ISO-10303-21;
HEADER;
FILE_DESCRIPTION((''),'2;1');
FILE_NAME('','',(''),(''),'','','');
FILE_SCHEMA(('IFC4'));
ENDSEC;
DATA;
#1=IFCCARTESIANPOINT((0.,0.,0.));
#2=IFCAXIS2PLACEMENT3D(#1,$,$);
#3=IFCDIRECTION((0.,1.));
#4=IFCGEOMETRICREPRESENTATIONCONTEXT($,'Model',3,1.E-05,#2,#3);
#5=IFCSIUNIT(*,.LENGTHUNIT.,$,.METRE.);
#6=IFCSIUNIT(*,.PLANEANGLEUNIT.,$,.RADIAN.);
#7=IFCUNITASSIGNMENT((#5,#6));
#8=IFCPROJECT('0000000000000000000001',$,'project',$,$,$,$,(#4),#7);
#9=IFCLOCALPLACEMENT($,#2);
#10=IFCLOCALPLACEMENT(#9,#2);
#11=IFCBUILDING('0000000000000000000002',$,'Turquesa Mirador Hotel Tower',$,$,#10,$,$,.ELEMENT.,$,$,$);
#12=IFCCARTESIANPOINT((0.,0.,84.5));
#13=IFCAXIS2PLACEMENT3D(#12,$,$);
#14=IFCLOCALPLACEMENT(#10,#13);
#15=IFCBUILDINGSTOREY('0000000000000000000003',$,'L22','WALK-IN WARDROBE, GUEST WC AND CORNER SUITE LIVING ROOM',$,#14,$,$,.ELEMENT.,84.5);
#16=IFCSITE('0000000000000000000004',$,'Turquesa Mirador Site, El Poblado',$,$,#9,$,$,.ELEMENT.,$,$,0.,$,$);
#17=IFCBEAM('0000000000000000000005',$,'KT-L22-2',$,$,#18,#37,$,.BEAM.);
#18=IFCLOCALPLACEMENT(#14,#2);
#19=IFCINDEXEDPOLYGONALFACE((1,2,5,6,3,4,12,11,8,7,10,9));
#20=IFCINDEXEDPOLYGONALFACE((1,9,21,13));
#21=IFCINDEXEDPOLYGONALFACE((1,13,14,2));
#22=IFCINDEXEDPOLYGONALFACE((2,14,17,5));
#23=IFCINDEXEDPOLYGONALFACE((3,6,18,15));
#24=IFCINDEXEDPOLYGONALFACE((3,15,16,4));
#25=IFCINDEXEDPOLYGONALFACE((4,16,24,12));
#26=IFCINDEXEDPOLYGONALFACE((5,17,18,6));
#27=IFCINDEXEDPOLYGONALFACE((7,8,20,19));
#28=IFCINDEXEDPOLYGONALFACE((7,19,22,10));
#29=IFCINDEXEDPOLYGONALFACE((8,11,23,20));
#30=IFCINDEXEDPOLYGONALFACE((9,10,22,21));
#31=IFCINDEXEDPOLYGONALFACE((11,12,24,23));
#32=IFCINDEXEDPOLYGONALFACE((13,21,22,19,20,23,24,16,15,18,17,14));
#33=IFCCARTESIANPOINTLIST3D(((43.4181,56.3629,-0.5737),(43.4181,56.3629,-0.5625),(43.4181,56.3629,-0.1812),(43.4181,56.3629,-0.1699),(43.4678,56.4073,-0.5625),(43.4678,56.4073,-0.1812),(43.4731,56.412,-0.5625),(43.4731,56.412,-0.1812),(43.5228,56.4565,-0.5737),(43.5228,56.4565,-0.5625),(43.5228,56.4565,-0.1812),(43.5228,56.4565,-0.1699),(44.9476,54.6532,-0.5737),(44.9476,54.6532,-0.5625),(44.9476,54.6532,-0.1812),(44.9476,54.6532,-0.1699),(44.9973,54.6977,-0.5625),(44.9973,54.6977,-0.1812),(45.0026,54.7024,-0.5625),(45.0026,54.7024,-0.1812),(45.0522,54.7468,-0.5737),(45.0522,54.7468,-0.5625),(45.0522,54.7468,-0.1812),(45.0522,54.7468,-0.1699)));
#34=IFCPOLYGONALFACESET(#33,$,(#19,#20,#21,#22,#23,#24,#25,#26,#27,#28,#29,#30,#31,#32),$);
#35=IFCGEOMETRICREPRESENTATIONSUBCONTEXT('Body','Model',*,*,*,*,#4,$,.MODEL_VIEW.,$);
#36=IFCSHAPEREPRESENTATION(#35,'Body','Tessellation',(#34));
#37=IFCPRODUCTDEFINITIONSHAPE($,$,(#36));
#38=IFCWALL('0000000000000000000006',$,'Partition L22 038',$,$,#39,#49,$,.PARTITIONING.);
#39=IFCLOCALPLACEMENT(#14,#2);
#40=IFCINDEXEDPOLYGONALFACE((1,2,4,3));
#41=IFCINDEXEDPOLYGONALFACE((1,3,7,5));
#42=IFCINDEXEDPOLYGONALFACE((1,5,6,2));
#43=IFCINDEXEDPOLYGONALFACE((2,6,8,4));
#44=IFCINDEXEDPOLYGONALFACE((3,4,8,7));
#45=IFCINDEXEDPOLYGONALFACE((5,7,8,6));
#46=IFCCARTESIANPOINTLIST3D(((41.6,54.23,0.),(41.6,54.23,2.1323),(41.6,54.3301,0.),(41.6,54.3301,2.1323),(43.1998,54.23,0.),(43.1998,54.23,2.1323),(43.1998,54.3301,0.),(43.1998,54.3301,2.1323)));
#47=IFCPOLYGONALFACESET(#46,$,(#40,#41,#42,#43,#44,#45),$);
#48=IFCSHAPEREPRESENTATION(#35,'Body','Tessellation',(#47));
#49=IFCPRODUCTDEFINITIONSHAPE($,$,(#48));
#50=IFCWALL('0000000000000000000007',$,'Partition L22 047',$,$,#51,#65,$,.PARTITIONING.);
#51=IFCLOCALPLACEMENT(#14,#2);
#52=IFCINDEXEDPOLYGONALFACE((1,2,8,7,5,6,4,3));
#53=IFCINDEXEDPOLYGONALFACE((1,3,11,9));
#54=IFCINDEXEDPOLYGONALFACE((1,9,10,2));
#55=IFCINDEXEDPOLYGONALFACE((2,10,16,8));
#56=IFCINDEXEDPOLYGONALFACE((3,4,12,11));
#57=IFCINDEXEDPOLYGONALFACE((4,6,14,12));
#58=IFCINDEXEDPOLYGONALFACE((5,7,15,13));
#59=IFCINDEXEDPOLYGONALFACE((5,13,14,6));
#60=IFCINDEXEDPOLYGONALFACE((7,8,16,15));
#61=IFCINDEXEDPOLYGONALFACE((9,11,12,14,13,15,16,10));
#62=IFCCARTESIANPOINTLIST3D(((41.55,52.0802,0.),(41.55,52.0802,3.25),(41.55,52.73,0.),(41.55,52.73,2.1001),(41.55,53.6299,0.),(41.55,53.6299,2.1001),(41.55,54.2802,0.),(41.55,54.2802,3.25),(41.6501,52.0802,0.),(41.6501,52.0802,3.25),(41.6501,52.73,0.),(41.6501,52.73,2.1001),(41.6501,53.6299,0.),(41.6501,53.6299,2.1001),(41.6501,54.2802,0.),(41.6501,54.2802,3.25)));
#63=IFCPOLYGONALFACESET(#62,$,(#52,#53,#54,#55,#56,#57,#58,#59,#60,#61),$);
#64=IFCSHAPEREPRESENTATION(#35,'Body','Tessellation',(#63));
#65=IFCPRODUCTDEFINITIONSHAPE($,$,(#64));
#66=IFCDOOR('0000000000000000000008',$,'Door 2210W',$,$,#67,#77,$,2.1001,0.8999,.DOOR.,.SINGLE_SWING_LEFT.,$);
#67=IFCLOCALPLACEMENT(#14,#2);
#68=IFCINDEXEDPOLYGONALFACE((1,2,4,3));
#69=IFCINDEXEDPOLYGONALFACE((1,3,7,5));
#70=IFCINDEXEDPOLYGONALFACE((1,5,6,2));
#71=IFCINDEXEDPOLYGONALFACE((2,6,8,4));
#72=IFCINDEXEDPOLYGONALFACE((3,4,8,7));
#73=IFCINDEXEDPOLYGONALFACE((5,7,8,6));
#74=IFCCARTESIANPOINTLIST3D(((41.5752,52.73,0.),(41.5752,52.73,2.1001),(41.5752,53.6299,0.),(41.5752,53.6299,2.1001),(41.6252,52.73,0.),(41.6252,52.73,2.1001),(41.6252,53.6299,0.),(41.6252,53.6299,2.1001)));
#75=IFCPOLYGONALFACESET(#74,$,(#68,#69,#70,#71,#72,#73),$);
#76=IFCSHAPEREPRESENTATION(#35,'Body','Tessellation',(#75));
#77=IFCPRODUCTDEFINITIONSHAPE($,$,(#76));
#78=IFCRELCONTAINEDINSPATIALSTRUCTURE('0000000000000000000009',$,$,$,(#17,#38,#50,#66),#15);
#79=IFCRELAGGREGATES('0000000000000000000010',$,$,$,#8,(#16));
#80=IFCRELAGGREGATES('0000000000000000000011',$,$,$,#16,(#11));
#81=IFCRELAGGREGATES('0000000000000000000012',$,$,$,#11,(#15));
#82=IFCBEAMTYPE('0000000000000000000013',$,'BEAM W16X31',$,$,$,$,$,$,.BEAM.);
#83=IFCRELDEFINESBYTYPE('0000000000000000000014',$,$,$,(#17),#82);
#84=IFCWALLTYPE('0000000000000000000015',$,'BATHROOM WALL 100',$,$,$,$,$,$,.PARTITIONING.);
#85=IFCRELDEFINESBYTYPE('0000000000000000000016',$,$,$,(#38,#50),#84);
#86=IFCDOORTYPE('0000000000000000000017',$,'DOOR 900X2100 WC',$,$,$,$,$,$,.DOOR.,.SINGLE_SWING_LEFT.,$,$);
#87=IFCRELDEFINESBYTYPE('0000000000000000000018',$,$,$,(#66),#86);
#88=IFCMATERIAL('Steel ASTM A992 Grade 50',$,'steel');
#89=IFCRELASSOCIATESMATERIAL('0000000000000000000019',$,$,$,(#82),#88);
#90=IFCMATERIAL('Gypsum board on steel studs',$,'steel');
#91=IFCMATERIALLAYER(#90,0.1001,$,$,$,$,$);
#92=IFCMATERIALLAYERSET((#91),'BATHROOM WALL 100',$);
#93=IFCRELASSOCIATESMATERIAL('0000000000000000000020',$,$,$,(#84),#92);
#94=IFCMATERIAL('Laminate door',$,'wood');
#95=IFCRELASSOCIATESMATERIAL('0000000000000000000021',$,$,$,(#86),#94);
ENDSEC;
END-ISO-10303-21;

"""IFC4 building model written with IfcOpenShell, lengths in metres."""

from ifc_helpers import new_model, si_unit, direction, frame, frame_2d, origin, origin_2d, place, context, subcontext, project, spatial, rectangle, i_section, extrude, material, layer, layer_set, material_profile, profile_set, type_object, element, fill, save


model = new_model("IFC4")

# Units and contexts
model_context = context("Model", 3, precision=1e-05, world=origin(), true_north=direction((0.0, 1.0)))
body_context = subcontext(model_context, "Body", "Model", "MODEL_VIEW")
ifc_project = project(units=[si_unit("LENGTHUNIT", "METRE"), si_unit("PLANEANGLEUNIT", "RADIAN")], contexts=[model_context])

# Site, building, storey
site_placement = place(None, origin())
site = spatial("IfcSite", under=ifc_project, at=site_placement, Name="Turquesa Mirador Site, El Poblado", CompositionType="ELEMENT", RefElevation=0.0)
building_placement = place(site_placement, origin())
building = spatial("IfcBuilding", under=site, at=building_placement, Name="Turquesa Mirador Hotel Tower", CompositionType="ELEMENT")
storey_placement = place(building_placement, frame((0.0, 0.0, 84.5)))
storey = spatial("IfcBuildingStorey", under=building, at=storey_placement, Name="L22", Description="WALK-IN WARDROBE, GUEST WC AND CORNER SUITE LIVING ROOM", CompositionType="ELEMENT", Elevation=84.5)

# Beam
ifc_material_1 = material(Name="Steel ASTM A992 Grade 50", Category="steel")
ifc_material_profile = material_profile(ifc_material_1, i_section(OverallWidth=0.1404, OverallDepth=0.4038, WebThickness=0.0071, FlangeThickness=0.0112, at=origin_2d()), Name="W16X31")
ifc_profile_set = profile_set([ifc_material_profile], Name="Steel ASTM A992 Grade 50")
beam_type = type_object("IfcBeamType", Name="BEAM W16X31", PredefinedType="BEAM", material=ifc_profile_set)
beam_placement = place(storey_placement, frame((43.4705, 56.4097, -0.3718), z_axis=(0.666745, -0.745286, 0.0), x_axis=(0.745286, 0.666745, 0.0)))
element("IfcBeam", 1, at=beam_placement, inside=storey, type_object=beam_type, Name="KT-L22-2", PredefinedType="BEAM", context=body_context, shape_type="SweptSolid", body=[
    extrude(i_section(OverallWidth=0.1404, OverallDepth=0.4038, WebThickness=0.0071, FlangeThickness=0.0112, at=origin_2d()), origin(), (0.0, 0.0, 1.0), 2.2939),
])

# Wall
ifc_material_2 = material(Name="Gypsum board on steel studs", Category="steel")
ifc_layer_1 = layer(ifc_material_2, 0.1001)
ifc_layer_set_1 = layer_set([ifc_layer_1], Name="BATHROOM WALL 100")
wall_type_1 = type_object("IfcWallType", Name="BATHROOM WALL 100", PredefinedType="PARTITIONING", material=ifc_layer_set_1)
wall_1_placement = place(storey_placement, frame((41.6001, 54.28, 0.0), z_axis=(0.0, 0.0, 1.0), x_axis=(1.0, 0.0, 0.0)))
element("IfcWall", 2, at=wall_1_placement, inside=storey, type_object=wall_type_1, Name="Partition L22 038", PredefinedType="PARTITIONING", context=body_context, shape_type="SweptSolid", body=[
    extrude(rectangle(XDim=1.5999, YDim=0.1001, at=frame_2d((0.7998, 0.0))), origin(), (0.0, 0.0, 1.0), 2.1323),
])

# Wall, opening, door
wall_2_placement = place(storey_placement, frame((41.6001, 52.0801, 0.0), z_axis=(0.0, 0.0, 1.0), x_axis=(0.0, 1.0, 0.0)))
wall_2 = element("IfcWall", 3, at=wall_2_placement, inside=storey, type_object=wall_type_1, Name="Partition L22 047", PredefinedType="PARTITIONING", context=body_context, shape_type="SweptSolid", body=[
    extrude(rectangle(XDim=2.2, YDim=0.1001, at=frame_2d((1.1001, 0.0))), origin(), (0.0, 0.0, 1.0), 3.25),
])
opening_1_placement = place(wall_2_placement, frame((0.6499, 0.0, 0.0)))
opening_1 = element("IfcOpeningElement", 4, at=opening_1_placement, cuts=wall_2, PredefinedType="OPENING", context=body_context, shape_type="SweptSolid", body=[
    extrude(rectangle(XDim=0.8999, YDim=2.1001, at=frame_2d((0.45, 1.05))), frame((0.0, 0.0601, 0.0), z_axis=(0.0, -1.0, 0.0), x_axis=(1.0, 0.0, 0.0)), (0.0, 0.0, 1.0), 0.1201),
])
ifc_material_3 = material(Name="Laminate door", Category="wood")
door_type_1 = type_object("IfcDoorType", Name="DOOR 900X2100 WC", OperationType="SINGLE_SWING_LEFT", PredefinedType="DOOR", material=ifc_material_3)
door_1_placement = place(opening_1_placement, origin())
door_1 = element("IfcDoor", 5, at=door_1_placement, inside=storey, type_object=door_type_1, Name="Door 2210W", OperationType="SINGLE_SWING_LEFT", OverallHeight=2.1001, OverallWidth=0.8999, PredefinedType="DOOR", context=body_context, shape_type="SweptSolid", body=[
    extrude(rectangle(XDim=0.8999, YDim=2.1001, at=frame_2d((0.45, 1.05))), frame((0.0, 0.0249, 0.0), z_axis=(0.0, -1.0, 0.0), x_axis=(1.0, 0.0, 0.0)), (0.0, 0.0, 1.0), 0.05),
])
fill(opening_1, door_1)

save(model, "model.ifc")
